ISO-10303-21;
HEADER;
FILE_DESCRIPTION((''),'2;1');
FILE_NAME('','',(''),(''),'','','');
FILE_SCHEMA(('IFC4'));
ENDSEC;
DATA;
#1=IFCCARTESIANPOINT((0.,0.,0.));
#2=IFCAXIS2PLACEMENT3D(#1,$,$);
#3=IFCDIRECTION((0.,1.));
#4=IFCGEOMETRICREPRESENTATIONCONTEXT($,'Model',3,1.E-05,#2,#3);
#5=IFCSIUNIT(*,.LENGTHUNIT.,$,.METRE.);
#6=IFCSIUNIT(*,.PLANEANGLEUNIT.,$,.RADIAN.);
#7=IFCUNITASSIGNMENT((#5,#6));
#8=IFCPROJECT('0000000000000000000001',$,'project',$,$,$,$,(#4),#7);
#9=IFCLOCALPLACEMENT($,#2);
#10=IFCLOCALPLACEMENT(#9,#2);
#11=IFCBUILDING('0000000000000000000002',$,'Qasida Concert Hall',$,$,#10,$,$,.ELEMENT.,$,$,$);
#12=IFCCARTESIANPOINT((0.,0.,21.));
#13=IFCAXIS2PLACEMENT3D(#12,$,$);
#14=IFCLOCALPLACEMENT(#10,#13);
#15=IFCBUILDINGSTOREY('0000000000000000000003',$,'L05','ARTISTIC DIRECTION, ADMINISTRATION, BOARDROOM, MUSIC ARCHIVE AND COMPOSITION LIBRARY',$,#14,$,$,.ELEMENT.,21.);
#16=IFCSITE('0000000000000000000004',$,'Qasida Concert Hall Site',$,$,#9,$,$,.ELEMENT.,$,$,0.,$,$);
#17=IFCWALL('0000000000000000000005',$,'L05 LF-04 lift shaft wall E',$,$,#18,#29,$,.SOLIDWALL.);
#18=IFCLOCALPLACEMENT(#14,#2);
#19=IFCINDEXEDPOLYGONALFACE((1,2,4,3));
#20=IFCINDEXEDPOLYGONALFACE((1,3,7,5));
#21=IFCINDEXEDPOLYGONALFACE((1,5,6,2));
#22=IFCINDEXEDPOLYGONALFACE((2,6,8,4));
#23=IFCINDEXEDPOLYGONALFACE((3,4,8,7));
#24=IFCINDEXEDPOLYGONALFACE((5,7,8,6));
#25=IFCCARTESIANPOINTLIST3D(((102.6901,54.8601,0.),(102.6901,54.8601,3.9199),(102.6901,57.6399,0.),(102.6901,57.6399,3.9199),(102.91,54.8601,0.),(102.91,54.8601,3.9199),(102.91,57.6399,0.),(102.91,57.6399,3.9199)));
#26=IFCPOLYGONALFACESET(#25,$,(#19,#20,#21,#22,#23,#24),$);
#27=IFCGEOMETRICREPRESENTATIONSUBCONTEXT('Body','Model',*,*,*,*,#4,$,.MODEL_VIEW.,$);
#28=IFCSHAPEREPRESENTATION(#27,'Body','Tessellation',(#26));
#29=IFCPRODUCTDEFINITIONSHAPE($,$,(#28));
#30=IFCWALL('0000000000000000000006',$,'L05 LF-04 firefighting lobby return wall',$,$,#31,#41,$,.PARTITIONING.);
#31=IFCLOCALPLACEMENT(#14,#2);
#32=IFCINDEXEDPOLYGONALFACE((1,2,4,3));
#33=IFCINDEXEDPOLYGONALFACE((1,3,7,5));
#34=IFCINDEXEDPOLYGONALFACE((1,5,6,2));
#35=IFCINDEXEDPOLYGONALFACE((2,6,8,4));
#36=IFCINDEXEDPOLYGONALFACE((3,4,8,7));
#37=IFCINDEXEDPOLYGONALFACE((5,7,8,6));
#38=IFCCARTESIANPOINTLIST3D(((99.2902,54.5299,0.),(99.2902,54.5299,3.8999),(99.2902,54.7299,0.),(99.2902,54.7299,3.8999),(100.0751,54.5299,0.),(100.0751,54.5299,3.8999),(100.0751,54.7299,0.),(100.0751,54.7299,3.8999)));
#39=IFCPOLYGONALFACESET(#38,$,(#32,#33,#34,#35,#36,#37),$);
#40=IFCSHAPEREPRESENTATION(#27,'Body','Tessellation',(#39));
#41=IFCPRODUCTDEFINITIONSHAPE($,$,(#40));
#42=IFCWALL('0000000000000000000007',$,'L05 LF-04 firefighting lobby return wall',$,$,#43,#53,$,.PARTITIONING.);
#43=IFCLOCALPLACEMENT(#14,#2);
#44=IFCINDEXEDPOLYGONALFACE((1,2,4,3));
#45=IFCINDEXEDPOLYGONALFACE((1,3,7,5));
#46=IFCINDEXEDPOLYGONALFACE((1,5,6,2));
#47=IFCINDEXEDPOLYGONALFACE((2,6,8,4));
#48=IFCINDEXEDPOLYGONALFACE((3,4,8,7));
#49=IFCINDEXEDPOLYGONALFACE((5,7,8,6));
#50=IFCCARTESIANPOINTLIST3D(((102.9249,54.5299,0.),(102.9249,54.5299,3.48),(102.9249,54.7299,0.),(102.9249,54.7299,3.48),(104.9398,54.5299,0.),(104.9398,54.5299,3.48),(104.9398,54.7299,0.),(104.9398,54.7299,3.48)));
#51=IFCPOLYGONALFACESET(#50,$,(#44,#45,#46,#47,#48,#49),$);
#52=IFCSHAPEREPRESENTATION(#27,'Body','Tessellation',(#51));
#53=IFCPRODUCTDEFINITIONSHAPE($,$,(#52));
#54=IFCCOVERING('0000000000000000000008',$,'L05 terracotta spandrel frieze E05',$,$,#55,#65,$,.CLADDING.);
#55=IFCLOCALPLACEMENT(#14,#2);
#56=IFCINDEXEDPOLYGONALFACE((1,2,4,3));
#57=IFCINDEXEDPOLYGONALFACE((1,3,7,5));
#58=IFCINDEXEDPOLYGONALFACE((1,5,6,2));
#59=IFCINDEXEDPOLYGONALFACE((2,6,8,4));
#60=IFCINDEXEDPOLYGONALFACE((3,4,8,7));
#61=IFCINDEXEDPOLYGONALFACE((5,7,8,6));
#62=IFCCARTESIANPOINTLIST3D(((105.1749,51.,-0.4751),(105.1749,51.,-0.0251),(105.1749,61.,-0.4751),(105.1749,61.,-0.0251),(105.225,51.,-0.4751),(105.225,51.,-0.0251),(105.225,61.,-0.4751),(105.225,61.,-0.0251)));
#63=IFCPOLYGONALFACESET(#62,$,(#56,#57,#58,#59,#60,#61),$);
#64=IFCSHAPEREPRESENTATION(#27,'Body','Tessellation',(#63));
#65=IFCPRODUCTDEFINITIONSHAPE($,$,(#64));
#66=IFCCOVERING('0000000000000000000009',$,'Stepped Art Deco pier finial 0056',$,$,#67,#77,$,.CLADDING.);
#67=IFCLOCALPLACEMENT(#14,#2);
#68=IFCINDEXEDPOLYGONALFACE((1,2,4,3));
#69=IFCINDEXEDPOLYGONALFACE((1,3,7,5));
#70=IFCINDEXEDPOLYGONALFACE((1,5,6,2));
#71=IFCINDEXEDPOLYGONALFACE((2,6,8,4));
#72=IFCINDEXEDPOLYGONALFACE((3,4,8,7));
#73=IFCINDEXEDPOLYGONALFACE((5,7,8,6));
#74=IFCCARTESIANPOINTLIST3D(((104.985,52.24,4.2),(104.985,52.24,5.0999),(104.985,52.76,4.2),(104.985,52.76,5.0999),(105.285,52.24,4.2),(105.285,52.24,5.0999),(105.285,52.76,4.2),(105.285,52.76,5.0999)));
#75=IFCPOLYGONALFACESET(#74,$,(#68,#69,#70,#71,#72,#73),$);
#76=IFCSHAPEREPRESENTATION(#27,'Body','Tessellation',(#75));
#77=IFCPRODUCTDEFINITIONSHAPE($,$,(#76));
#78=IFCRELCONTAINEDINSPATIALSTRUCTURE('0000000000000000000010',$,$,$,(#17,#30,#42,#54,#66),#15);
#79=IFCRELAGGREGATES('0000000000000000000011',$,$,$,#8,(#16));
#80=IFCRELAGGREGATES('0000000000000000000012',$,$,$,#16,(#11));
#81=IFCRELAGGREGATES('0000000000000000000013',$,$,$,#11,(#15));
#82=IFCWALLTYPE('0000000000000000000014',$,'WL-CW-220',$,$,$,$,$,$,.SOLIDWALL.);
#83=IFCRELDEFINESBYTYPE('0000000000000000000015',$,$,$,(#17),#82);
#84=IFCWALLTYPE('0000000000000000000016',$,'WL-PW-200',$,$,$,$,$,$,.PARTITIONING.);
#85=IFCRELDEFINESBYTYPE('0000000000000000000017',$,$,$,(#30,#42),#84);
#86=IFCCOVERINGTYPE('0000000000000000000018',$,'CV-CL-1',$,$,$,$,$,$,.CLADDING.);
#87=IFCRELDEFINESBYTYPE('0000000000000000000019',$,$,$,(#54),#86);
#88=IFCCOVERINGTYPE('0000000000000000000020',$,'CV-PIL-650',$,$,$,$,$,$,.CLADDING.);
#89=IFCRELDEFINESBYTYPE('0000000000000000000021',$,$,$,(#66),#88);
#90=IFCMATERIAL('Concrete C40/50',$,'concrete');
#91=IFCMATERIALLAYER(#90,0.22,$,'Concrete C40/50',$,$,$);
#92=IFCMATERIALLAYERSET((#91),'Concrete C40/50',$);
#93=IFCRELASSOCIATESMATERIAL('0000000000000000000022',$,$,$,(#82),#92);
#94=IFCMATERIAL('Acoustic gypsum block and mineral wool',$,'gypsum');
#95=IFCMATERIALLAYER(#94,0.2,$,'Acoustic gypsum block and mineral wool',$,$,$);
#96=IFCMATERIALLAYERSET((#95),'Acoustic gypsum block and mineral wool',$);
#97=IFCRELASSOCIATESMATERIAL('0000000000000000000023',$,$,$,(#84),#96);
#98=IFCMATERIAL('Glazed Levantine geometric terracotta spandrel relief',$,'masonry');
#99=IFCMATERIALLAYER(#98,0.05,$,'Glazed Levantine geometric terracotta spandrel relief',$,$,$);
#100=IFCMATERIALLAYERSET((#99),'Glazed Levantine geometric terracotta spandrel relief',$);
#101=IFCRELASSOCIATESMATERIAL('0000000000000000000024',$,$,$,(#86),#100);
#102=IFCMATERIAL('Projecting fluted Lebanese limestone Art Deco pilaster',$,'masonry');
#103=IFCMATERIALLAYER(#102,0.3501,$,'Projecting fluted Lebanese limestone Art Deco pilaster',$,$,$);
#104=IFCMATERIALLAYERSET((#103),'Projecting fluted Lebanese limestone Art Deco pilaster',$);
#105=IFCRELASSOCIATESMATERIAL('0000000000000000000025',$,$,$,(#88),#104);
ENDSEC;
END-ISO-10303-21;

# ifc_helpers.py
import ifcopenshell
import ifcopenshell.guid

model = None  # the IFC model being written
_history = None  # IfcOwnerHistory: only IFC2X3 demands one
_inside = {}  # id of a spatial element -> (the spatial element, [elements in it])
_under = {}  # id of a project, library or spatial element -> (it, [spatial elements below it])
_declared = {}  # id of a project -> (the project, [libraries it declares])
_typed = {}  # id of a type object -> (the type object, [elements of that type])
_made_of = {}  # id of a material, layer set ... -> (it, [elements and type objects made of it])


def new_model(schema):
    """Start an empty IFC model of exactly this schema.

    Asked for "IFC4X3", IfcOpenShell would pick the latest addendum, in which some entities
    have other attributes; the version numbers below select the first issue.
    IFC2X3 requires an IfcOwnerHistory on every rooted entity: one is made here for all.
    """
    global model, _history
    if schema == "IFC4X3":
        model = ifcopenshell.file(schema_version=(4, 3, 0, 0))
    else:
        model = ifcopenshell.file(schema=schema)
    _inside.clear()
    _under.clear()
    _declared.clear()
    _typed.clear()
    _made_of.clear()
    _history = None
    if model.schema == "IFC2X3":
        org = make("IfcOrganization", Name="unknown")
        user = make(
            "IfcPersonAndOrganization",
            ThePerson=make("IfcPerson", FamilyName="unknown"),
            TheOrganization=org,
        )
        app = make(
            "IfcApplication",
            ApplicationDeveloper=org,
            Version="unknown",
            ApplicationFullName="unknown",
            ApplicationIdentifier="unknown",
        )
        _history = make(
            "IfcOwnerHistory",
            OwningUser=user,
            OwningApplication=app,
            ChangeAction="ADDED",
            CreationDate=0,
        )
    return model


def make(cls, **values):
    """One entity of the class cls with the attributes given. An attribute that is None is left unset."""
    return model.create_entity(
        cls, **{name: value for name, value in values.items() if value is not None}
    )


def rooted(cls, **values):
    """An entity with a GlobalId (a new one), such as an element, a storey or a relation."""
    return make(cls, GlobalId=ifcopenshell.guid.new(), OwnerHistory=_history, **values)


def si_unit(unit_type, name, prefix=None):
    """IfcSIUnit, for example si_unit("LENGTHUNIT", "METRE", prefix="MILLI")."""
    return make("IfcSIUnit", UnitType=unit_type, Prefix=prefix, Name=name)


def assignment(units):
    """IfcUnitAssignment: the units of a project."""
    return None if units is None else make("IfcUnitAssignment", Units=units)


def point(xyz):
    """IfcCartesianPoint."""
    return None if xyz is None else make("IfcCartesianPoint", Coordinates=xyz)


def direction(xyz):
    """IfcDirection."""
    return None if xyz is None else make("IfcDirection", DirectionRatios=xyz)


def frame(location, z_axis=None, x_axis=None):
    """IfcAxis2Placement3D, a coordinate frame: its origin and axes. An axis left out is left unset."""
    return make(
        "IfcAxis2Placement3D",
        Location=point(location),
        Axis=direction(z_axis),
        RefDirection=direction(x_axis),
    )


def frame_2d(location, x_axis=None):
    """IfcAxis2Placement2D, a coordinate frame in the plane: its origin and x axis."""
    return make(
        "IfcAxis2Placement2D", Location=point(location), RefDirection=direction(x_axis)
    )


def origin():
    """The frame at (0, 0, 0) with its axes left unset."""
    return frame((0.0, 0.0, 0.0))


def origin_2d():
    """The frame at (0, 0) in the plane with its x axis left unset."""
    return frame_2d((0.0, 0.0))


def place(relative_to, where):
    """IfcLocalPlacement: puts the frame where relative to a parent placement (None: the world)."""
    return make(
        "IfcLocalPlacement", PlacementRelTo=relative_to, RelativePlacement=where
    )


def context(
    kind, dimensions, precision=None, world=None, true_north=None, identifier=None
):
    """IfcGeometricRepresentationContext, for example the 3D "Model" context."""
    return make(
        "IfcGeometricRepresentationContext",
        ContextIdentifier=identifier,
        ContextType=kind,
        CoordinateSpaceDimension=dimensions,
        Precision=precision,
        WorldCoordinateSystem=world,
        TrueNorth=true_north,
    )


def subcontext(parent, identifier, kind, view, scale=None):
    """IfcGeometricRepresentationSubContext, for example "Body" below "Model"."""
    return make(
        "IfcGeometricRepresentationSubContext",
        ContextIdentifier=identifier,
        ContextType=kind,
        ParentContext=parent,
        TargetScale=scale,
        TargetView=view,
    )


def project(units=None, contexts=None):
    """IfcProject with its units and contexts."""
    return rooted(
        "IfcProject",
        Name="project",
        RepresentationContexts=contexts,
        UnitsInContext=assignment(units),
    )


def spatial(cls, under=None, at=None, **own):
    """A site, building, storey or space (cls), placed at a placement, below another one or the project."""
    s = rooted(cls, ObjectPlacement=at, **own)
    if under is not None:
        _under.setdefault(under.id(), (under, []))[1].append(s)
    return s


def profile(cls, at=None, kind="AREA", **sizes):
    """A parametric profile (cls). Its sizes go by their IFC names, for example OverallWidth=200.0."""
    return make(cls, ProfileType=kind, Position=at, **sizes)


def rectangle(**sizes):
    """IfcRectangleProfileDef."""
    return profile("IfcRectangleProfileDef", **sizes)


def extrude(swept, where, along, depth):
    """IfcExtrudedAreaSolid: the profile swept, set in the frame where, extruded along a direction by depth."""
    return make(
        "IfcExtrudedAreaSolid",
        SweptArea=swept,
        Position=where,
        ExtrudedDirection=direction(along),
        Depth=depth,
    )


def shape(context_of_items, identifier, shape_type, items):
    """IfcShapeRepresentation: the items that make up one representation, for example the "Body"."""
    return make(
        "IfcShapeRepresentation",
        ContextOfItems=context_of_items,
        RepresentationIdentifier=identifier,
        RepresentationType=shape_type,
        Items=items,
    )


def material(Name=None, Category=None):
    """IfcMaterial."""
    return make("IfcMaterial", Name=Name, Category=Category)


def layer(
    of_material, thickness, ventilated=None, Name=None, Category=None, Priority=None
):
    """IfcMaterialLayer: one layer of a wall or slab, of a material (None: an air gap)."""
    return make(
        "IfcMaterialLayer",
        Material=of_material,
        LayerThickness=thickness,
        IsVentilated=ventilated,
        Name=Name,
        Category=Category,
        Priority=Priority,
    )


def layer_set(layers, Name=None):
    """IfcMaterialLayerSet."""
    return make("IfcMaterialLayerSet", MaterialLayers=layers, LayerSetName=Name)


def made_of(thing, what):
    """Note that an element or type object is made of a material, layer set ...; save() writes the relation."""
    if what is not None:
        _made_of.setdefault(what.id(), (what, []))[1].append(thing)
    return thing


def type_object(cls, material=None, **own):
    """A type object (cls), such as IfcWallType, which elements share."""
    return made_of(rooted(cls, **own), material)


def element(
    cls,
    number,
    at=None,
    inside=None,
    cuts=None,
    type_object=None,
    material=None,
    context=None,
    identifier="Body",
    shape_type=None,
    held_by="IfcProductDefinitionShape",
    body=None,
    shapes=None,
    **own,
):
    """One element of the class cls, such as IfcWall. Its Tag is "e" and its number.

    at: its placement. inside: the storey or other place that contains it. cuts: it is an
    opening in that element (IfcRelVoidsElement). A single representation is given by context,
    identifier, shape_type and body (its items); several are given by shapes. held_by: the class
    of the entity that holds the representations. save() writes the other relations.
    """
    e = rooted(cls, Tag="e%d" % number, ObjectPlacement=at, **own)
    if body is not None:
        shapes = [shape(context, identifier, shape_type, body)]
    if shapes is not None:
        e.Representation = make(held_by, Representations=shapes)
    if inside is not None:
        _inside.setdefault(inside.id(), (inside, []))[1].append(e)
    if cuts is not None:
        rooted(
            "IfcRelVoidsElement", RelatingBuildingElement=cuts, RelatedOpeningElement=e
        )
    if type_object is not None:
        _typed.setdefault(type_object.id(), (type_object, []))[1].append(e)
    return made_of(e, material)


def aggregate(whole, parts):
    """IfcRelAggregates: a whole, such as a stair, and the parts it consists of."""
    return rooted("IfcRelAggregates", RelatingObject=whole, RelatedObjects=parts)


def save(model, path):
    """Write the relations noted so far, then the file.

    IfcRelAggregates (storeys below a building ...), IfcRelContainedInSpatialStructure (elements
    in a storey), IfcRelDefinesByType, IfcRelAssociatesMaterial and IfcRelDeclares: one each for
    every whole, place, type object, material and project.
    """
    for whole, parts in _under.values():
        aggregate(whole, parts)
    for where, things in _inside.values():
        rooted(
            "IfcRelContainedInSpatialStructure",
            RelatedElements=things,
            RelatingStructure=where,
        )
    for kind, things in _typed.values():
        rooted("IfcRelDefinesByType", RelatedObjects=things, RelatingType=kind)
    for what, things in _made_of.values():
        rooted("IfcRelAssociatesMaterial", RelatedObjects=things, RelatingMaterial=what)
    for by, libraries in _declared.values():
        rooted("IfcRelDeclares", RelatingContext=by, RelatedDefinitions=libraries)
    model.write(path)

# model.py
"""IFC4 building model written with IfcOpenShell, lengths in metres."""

from ifc_helpers import new_model, si_unit, direction, frame, frame_2d, origin, origin_2d, place, context, subcontext, project, spatial, rectangle, extrude, material, layer, layer_set, type_object, element, save


model = new_model("IFC4")

# Units and contexts
model_context = context("Model", 3, precision=1e-05, world=origin(), true_north=direction((0.0, 1.0)))
body_context = subcontext(model_context, "Body", "Model", "MODEL_VIEW")
ifc_project = project(units=[si_unit("LENGTHUNIT", "METRE"), si_unit("PLANEANGLEUNIT", "RADIAN")], contexts=[model_context])

# Site, building, storey
site_placement = place(None, origin())
site = spatial("IfcSite", under=ifc_project, at=site_placement, Name="Qasida Concert Hall Site", CompositionType="ELEMENT", RefElevation=0.0)
building_placement = place(site_placement, origin())
building = spatial("IfcBuilding", under=site, at=building_placement, Name="Qasida Concert Hall", CompositionType="ELEMENT")
storey_placement = place(building_placement, frame((0.0, 0.0, 21.0)))
storey = spatial("IfcBuildingStorey", under=building, at=storey_placement, Name="L05", Description="ARTISTIC DIRECTION, ADMINISTRATION, BOARDROOM, MUSIC ARCHIVE AND COMPOSITION LIBRARY", CompositionType="ELEMENT", Elevation=21.0)

# Shared definitions
ifc_material_1 = material(Name="Concrete C40/50", Category="concrete")
ifc_layer_1 = layer(ifc_material_1, 0.22, Name="Concrete C40/50")
ifc_layer_set_1 = layer_set([ifc_layer_1], Name="Concrete C40/50")
wall_type_1 = type_object("IfcWallType", Name="WL-CW-220", PredefinedType="SOLIDWALL", material=ifc_layer_set_1)

# Walls
for number, where, z_axis, x_axis, name in (
    (1, (102.8, 54.8601, 0.0), (0.0, 0.0, 1.0), (0.0, 1.0, 0.0), "L05 LF-04 lift shaft wall E"),
):
    element("IfcWall", number, at=place(storey_placement, frame(where, z_axis=z_axis, x_axis=x_axis)), inside=storey, type_object=wall_type_1, Name=name, PredefinedType="SOLIDWALL", context=body_context, shape_type="SweptSolid", body=[
        extrude(rectangle(XDim=2.7798, YDim=0.22, at=frame_2d((1.3899, 0.0))), origin(), (0.0, 0.0, 1.0), 3.9199),
    ])
ifc_material_2 = material(Name="Acoustic gypsum block and mineral wool", Category="gypsum")
ifc_layer_2 = layer(ifc_material_2, 0.2, Name="Acoustic gypsum block and mineral wool")
ifc_layer_set_2 = layer_set([ifc_layer_2], Name="Acoustic gypsum block and mineral wool")
wall_type_2 = type_object("IfcWallType", Name="WL-PW-200", PredefinedType="PARTITIONING", material=ifc_layer_set_2)
wall_1_placement = place(storey_placement, frame((99.29, 54.6299, 0.0), z_axis=(0.0, 0.0, 1.0), x_axis=(1.0, 0.0, 0.0)))
element("IfcWall", 2, at=wall_1_placement, inside=storey, type_object=wall_type_2, Name="L05 LF-04 firefighting lobby return wall", PredefinedType="PARTITIONING", context=body_context, shape_type="SweptSolid", body=[
    extrude(rectangle(XDim=0.7849, YDim=0.2, at=frame_2d((0.3926, 0.0))), origin(), (0.0, 0.0, 1.0), 3.8999),
])
wall_2_placement = place(storey_placement, frame((102.925, 54.6299, 0.0), z_axis=(0.0, 0.0, 1.0), x_axis=(1.0, 0.0, 0.0)))
element("IfcWall", 3, at=wall_2_placement, inside=storey, type_object=wall_type_2, Name="L05 LF-04 firefighting lobby return wall", PredefinedType="PARTITIONING", context=body_context, shape_type="SweptSolid", body=[
    extrude(rectangle(XDim=2.0149, YDim=0.2, at=frame_2d((1.0073, 0.0))), origin(), (0.0, 0.0, 1.0), 3.48),
])

# Coverings
ifc_material_3 = material(Name="Glazed Levantine geometric terracotta spandrel relief", Category="masonry")
ifc_layer_3 = layer(ifc_material_3, 0.05, Name="Glazed Levantine geometric terracotta spandrel relief")
ifc_layer_set_3 = layer_set([ifc_layer_3], Name="Glazed Levantine geometric terracotta spandrel relief")
covering_type_1 = type_object("IfcCoveringType", Name="CV-CL-1", PredefinedType="CLADDING", material=ifc_layer_set_3)
covering_1_placement = place(storey_placement, frame((105.2, 56.0, -0.4751), z_axis=(0.0, 0.0, 1.0), x_axis=(1.0, 0.0, 0.0)))
element("IfcCovering", 4, at=covering_1_placement, inside=storey, type_object=covering_type_1, Name="L05 terracotta spandrel frieze E05", PredefinedType="CLADDING", context=body_context, shape_type="SweptSolid", body=[
    extrude(rectangle(XDim=0.05, YDim=10.0, at=origin_2d()), origin(), (0.0, 0.0, 1.0), 0.45),
])
ifc_material_4 = material(Name="Projecting fluted Lebanese limestone Art Deco pilaster", Category="masonry")
ifc_layer_4 = layer(ifc_material_4, 0.3501, Name="Projecting fluted Lebanese limestone Art Deco pilaster")
ifc_layer_set_4 = layer_set([ifc_layer_4], Name="Projecting fluted Lebanese limestone Art Deco pilaster")
covering_type_2 = type_object("IfcCoveringType", Name="CV-PIL-650", PredefinedType="CLADDING", material=ifc_layer_set_4)
covering_2_placement = place(storey_placement, frame((105.135, 52.5, 4.2), z_axis=(0.0, 0.0, 1.0), x_axis=(1.0, 0.0, 0.0)))
element("IfcCovering", 5, at=covering_2_placement, inside=storey, type_object=covering_type_2, Name="Stepped Art Deco pier finial 0056", PredefinedType="CLADDING", context=body_context, shape_type="SweptSolid", body=[
    extrude(rectangle(XDim=0.3, YDim=0.52, at=origin_2d()), origin(), (0.0, 0.0, 1.0), 0.8999),
])

save(model, "model.ifc")
